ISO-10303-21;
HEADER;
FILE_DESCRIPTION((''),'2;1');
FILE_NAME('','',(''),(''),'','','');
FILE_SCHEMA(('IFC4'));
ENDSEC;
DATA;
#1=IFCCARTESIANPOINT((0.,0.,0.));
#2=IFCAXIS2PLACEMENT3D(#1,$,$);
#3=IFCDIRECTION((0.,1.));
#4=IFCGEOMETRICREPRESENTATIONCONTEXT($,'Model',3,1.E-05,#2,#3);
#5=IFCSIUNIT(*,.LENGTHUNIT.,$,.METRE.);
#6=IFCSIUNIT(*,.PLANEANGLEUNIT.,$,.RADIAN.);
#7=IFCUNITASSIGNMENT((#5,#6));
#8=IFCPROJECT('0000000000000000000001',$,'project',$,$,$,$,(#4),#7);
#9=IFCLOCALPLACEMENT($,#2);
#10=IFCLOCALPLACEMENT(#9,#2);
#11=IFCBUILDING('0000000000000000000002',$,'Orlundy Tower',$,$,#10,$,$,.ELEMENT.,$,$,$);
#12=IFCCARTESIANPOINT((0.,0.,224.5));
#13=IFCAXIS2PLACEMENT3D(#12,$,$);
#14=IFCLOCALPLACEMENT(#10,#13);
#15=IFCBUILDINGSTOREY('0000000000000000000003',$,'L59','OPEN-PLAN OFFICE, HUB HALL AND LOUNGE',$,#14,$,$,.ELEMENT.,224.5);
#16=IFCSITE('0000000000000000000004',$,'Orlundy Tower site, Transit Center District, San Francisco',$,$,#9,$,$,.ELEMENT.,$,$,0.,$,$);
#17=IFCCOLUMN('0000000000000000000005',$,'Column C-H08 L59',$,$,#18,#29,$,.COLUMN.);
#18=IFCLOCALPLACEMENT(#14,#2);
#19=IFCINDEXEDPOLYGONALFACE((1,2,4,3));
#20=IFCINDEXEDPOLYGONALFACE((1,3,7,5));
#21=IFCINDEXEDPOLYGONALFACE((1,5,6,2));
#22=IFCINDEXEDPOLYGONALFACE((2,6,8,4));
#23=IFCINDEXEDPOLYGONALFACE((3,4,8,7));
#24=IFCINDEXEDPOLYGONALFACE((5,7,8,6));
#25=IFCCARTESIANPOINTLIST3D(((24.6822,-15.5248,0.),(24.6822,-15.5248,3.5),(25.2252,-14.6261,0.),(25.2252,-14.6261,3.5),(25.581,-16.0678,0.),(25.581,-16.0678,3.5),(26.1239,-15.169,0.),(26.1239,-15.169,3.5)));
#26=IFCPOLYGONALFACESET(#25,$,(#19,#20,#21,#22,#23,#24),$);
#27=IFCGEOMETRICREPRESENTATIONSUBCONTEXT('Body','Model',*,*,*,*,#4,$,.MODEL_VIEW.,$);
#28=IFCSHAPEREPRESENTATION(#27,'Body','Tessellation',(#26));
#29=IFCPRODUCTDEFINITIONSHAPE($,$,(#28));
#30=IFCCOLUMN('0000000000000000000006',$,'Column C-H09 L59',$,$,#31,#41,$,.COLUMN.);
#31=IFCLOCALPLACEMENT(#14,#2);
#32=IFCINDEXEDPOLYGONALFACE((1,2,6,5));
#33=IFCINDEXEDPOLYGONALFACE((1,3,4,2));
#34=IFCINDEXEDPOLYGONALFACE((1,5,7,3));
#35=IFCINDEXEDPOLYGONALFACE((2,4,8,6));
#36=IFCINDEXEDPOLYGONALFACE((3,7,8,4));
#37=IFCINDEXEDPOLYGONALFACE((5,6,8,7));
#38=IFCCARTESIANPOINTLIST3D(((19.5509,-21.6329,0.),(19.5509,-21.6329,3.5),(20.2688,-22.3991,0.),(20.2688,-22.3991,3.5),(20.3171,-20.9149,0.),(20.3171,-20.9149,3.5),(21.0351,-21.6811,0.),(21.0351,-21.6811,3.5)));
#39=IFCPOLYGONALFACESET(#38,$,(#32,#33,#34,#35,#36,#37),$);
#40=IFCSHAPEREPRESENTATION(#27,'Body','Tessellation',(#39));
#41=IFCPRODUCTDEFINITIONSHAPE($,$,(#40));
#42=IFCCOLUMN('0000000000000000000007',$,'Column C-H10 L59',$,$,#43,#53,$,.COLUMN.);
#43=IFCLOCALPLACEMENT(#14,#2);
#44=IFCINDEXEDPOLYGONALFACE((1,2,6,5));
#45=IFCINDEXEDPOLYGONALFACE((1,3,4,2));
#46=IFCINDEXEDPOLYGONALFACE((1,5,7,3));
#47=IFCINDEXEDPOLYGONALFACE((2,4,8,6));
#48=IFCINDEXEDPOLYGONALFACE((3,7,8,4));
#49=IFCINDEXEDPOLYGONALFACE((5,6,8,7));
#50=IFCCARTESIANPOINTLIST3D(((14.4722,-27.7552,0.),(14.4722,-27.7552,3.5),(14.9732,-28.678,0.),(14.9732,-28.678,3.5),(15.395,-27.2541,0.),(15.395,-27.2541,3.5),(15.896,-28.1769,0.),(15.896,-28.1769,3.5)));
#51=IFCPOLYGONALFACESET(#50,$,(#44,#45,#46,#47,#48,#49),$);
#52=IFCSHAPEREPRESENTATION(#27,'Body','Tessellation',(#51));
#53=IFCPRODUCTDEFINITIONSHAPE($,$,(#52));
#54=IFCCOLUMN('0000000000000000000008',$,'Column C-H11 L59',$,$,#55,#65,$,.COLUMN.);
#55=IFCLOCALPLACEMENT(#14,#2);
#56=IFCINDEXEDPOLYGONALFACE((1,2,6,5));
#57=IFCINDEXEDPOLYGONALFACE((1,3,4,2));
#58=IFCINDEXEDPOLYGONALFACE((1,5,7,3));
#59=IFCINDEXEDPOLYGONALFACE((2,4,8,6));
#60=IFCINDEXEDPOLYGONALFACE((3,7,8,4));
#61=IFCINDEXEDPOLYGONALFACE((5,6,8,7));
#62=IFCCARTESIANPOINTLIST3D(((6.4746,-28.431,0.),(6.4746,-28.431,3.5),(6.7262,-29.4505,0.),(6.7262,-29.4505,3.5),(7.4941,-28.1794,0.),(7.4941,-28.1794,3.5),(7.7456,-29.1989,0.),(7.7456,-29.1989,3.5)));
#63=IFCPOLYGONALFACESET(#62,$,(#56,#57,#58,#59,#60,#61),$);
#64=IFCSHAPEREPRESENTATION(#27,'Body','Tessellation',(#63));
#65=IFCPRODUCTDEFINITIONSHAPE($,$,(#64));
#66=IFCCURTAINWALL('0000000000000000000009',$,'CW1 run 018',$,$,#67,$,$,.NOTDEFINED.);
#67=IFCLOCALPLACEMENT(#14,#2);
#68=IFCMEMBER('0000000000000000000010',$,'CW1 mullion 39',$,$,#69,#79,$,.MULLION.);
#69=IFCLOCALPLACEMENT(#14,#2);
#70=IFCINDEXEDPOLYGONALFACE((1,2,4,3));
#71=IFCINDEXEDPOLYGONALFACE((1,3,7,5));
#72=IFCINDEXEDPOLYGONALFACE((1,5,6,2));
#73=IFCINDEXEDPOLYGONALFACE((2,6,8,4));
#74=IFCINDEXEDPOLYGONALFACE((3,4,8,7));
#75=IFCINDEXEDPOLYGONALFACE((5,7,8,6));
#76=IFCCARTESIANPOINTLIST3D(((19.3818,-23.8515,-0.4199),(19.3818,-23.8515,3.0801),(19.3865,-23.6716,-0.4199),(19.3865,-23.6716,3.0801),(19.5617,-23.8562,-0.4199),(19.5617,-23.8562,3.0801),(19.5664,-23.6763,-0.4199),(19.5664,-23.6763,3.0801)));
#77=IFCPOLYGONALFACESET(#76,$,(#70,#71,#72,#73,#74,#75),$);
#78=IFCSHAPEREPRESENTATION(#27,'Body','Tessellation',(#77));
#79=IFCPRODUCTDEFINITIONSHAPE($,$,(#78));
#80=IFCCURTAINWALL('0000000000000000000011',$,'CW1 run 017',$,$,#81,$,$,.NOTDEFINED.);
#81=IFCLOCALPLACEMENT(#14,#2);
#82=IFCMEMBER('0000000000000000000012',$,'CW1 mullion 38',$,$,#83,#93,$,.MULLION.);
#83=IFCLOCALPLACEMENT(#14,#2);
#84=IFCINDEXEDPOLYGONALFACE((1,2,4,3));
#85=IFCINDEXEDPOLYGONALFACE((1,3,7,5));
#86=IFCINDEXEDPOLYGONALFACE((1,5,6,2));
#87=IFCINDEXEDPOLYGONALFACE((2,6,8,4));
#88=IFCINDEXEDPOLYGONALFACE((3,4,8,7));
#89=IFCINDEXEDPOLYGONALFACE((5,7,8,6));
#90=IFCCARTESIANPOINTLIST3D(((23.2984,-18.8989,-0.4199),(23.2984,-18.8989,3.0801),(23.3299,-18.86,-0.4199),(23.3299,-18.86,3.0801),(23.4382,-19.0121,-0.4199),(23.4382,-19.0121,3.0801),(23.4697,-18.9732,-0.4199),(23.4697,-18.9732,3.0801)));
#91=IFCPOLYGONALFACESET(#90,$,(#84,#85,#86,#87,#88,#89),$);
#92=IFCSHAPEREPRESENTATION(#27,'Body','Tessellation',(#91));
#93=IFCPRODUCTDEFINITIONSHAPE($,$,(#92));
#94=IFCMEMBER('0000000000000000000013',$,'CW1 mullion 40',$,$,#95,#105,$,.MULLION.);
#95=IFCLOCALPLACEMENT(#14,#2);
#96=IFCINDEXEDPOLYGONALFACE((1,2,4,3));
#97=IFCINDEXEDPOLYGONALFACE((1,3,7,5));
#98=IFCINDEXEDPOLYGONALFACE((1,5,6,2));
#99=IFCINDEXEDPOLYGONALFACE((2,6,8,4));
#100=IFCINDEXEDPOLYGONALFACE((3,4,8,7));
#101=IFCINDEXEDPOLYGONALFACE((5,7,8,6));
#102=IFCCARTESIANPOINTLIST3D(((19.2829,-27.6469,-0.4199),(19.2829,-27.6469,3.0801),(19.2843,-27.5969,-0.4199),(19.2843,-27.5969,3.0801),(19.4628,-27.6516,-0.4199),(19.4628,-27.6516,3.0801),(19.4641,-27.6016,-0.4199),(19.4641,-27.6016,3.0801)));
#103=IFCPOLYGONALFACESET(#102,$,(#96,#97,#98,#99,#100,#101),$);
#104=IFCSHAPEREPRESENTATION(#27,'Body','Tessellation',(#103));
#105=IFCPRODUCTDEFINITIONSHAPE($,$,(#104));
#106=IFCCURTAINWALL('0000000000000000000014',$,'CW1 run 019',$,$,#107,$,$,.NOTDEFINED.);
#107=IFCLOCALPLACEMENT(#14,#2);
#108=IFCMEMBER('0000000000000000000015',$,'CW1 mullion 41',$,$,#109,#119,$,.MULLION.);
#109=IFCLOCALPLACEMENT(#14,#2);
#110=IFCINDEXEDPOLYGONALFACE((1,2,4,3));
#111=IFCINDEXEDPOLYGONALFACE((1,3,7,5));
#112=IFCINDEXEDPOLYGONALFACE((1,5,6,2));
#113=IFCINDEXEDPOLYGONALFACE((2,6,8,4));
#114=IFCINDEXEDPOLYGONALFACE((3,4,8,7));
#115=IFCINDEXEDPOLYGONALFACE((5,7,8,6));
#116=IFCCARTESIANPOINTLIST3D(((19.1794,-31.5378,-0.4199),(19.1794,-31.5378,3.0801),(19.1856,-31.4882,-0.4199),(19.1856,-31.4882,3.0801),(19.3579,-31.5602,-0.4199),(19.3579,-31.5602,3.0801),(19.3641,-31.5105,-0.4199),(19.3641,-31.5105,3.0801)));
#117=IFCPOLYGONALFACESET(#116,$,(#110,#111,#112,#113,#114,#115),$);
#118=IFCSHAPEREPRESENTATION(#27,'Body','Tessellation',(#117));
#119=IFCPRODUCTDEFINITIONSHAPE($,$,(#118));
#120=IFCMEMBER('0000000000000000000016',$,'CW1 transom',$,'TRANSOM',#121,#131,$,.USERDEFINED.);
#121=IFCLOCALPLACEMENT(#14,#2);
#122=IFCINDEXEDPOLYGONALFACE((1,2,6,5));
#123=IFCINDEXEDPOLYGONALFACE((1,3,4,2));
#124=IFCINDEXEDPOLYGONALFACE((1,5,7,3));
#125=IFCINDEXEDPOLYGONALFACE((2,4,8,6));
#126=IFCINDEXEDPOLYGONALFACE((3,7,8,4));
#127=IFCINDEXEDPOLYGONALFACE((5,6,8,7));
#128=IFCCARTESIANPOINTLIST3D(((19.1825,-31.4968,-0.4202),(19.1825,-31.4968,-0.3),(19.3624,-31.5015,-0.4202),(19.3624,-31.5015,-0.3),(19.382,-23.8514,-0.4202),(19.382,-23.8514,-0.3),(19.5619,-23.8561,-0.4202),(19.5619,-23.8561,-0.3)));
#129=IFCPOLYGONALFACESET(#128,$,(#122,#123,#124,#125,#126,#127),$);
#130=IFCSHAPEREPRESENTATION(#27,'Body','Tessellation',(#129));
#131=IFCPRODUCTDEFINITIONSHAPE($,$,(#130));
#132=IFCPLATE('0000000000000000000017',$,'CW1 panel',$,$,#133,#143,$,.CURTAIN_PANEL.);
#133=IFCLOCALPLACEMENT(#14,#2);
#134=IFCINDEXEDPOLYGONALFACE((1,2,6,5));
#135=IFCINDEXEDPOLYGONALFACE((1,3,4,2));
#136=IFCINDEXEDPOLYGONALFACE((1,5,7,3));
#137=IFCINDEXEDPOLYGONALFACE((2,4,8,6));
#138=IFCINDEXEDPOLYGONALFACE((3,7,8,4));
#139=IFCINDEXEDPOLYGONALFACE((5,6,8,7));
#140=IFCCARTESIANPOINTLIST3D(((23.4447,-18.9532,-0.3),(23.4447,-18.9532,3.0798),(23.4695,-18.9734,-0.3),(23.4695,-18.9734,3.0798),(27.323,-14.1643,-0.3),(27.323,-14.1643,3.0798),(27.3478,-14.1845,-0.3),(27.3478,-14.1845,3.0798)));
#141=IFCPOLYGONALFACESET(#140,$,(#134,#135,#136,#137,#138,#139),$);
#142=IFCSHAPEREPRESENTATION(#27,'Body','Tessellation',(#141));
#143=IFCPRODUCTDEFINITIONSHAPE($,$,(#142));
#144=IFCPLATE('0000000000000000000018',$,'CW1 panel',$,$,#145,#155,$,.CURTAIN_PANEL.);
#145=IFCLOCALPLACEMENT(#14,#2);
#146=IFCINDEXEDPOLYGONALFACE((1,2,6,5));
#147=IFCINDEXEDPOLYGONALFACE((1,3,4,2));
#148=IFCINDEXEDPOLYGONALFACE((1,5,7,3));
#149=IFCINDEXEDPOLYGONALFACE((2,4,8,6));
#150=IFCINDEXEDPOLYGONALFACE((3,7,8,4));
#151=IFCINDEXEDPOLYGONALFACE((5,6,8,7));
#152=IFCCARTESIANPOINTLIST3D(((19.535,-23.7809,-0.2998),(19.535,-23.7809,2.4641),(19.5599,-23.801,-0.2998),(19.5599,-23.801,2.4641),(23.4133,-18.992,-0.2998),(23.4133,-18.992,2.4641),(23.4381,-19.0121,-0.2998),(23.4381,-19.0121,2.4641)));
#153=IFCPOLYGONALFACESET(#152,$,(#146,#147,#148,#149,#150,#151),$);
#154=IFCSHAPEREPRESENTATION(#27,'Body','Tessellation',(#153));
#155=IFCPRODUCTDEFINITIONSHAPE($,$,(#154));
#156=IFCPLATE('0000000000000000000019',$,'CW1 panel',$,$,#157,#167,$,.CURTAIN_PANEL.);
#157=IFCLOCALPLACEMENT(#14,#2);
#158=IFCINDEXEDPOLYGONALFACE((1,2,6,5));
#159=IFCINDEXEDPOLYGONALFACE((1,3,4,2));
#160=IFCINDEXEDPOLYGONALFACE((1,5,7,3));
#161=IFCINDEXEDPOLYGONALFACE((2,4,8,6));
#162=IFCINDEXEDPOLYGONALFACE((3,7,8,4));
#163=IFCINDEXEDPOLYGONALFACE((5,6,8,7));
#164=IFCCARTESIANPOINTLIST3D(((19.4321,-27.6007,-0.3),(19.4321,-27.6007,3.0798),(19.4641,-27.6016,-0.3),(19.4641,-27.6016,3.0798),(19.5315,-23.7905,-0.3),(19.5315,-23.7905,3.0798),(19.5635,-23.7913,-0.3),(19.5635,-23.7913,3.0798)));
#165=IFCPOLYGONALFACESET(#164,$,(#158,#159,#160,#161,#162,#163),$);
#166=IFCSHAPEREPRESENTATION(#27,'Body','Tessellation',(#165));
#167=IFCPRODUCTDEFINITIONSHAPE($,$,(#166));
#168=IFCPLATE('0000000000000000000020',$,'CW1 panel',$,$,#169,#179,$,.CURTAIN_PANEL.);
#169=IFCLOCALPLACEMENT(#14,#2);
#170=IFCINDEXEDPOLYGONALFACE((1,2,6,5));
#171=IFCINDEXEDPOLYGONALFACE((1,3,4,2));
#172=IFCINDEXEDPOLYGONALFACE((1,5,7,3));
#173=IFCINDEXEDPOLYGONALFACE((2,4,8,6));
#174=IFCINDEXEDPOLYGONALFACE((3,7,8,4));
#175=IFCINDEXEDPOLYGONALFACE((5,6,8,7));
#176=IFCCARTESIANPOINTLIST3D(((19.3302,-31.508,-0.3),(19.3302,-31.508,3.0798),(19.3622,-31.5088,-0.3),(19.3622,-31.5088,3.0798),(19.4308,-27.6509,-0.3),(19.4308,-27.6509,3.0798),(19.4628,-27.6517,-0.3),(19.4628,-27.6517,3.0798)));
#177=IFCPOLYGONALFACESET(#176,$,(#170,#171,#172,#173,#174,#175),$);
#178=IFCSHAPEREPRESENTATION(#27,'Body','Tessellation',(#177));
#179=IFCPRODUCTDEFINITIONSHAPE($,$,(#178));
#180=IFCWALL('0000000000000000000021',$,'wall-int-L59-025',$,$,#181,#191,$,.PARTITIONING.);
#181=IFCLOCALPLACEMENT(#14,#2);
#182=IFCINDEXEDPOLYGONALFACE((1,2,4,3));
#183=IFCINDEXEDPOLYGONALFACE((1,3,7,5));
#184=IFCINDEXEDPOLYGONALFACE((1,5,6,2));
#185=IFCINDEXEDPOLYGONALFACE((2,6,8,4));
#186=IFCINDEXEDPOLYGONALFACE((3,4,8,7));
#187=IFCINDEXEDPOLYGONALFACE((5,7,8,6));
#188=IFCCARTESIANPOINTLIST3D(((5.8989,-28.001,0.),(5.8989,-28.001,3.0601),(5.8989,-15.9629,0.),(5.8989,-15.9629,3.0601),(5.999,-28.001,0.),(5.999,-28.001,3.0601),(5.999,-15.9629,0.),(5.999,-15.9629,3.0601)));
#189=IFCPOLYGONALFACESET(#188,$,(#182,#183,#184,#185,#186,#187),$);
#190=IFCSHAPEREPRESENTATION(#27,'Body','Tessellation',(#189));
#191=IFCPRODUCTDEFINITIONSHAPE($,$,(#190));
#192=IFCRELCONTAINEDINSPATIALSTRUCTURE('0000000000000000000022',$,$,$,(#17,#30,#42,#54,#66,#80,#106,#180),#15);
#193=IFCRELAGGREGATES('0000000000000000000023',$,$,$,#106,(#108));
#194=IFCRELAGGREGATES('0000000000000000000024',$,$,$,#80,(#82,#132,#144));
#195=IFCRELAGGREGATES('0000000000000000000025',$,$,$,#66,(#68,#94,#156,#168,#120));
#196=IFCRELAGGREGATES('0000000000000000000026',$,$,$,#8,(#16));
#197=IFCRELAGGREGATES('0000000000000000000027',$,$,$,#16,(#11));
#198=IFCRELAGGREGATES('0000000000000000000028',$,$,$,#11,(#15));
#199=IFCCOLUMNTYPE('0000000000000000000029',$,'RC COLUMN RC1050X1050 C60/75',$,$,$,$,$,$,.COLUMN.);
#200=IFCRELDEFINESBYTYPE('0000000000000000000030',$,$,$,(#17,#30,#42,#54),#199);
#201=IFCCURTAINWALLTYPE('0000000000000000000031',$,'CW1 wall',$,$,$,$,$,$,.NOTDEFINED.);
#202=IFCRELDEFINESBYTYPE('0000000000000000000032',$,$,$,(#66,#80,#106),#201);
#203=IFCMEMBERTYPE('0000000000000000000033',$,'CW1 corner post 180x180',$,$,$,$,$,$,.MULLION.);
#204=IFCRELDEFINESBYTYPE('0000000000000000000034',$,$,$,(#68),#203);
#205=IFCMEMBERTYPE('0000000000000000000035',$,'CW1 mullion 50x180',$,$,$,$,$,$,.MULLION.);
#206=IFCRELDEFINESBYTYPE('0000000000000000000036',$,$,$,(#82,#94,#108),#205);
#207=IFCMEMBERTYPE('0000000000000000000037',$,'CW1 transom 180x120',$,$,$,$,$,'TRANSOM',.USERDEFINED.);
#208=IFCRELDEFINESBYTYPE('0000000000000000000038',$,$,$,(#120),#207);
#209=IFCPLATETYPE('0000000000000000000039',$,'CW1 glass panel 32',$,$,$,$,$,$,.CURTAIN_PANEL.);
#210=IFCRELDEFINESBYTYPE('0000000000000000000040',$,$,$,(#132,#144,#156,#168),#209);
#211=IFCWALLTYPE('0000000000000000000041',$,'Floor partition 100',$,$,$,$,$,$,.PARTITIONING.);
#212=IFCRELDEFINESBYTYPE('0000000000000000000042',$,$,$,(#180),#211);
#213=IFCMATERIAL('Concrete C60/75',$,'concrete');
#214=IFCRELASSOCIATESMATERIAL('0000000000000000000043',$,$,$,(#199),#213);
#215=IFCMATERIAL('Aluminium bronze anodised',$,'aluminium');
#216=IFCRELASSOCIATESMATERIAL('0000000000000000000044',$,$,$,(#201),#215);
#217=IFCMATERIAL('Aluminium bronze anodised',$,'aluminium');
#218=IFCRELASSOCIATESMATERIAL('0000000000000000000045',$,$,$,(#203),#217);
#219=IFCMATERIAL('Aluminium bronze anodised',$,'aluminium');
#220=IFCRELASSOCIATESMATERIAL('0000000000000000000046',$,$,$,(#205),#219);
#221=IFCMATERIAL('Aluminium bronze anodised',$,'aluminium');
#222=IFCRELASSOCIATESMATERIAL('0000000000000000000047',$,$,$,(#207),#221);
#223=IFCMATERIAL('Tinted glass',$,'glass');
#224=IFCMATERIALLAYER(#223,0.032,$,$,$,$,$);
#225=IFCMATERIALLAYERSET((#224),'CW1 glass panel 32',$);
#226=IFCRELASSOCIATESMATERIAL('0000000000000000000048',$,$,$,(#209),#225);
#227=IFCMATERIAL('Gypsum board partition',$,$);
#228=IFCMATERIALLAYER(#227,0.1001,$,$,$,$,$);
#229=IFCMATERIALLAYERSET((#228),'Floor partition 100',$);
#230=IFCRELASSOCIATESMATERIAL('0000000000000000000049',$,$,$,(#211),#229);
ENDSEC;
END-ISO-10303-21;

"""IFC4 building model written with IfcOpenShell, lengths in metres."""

from ifc_helpers import new_model, si_unit, direction, frame, frame_2d, origin, origin_2d, place, context, subcontext, project, spatial, rectangle, extrude, material, layer, layer_set, material_profile, profile_set, type_object, element, aggregate, save


model = new_model("IFC4")

# Units and contexts
model_context = context("Model", 3, precision=1e-05, world=origin(), true_north=direction((0.0, 1.0)))
body_context = subcontext(model_context, "Body", "Model", "MODEL_VIEW")
ifc_project = project(units=[si_unit("LENGTHUNIT", "METRE"), si_unit("PLANEANGLEUNIT", "RADIAN")], contexts=[model_context])

# Site, building, storey
site_placement = place(None, origin())
site = spatial("IfcSite", under=ifc_project, at=site_placement, Name="Orlundy Tower site, Transit Center District, San Francisco", CompositionType="ELEMENT", RefElevation=0.0)
building_placement = place(site_placement, origin())
building = spatial("IfcBuilding", under=site, at=building_placement, Name="Orlundy Tower", CompositionType="ELEMENT")
storey_placement = place(building_placement, frame((0.0, 0.0, 224.5)))
storey = spatial("IfcBuildingStorey", under=building, at=storey_placement, Name="L59", Description="OPEN-PLAN OFFICE, HUB HALL AND LOUNGE", CompositionType="ELEMENT", Elevation=224.5)

# Columns
ifc_material_1 = material(Name="Concrete C60/75", Category="concrete")
ifc_material_profile_1 = material_profile(ifc_material_1, rectangle(XDim=1.05, YDim=1.05, at=origin_2d()), Name="RC1050X1050")
ifc_profile_set_1 = profile_set([ifc_material_profile_1], Name="Concrete C60/75")
column_type = type_object("IfcColumnType", Name="RC COLUMN RC1050X1050 C60/75", PredefinedType="COLUMN", material=ifc_profile_set_1)
for number, where, z_axis, x_axis, name in (
    (1, (25.4031, -15.3469, 0.0), (0.0, 0.0, 1.0), (0.855924, -0.517101, 0.0), "Column C-H08 L59"),
    (2, (20.293, -21.657, 0.0), (0.0, 0.0, 1.0), (0.683758, -0.729709, 0.0), "Column C-H09 L59"),
    (3, (15.1841, -27.9661, 0.0), (0.0, 0.0, 1.0), (0.477159, -0.878817, 0.0), "Column C-H10 L59"),
    (4, (7.1101, -28.8149, 0.0), (0.0, 0.0, 1.0), (0.239567, -0.97088, 0.0), "Column C-H11 L59"),
):
    element("IfcColumn", number, at=place(storey_placement, frame(where, z_axis=z_axis, x_axis=x_axis)), inside=storey, type_object=column_type, Name=name, PredefinedType="COLUMN", context=body_context, shape_type="SweptSolid", body=[
        extrude(rectangle(XDim=1.05, YDim=1.05, at=origin_2d()), origin(), (0.0, 0.0, 1.0), 3.5),
    ])

# Curtain walls, members
ifc_material_2 = material(Name="Aluminium bronze anodised", Category="aluminium")
curtain_wall_type = type_object("IfcCurtainWallType", Name="CW1 wall", PredefinedType="NOTDEFINED", material=ifc_material_2)
curtain_wall_1_placement = place(storey_placement, origin())
curtain_wall_1 = element("IfcCurtainWall", 5, at=curtain_wall_1_placement, inside=storey, type_object=curtain_wall_type, Name="CW1 run 018", PredefinedType="NOTDEFINED")
ifc_material_3 = material(Name="Aluminium bronze anodised", Category="aluminium")
ifc_material_profile_2 = material_profile(ifc_material_3, rectangle(XDim=0.1799, YDim=0.1799, at=origin_2d()), Name="CW1 corner post 180x180")
ifc_profile_set_2 = profile_set([ifc_material_profile_2], Name="Aluminium bronze anodised")
member_type_1 = type_object("IfcMemberType", Name="CW1 corner post 180x180", PredefinedType="MULLION", material=ifc_profile_set_2)
member_1_placement = place(storey_placement, frame((19.4741, -23.7639, -0.4199), z_axis=(0.0, 0.0, 1.0), x_axis=(0.99966, -0.026077, 0.0)))
member_1 = element("IfcMember", 6, at=member_1_placement, type_object=member_type_1, Name="CW1 mullion 39", PredefinedType="MULLION", context=body_context, shape_type="SweptSolid", body=[
    extrude(rectangle(XDim=0.1799, YDim=0.1799, at=origin_2d()), origin(), (0.0, 0.0, 1.0), 3.5),
])
curtain_wall_2_placement = place(storey_placement, origin())
curtain_wall_2 = element("IfcCurtainWall", 7, at=curtain_wall_2_placement, inside=storey, type_object=curtain_wall_type, Name="CW1 run 017", PredefinedType="NOTDEFINED")
ifc_material_4 = material(Name="Aluminium bronze anodised", Category="aluminium")
ifc_material_profile_3 = material_profile(ifc_material_4, rectangle(XDim=0.1799, YDim=0.05, at=origin_2d()), Name="CW1 mullion 50x180")
ifc_profile_set_3 = profile_set([ifc_material_profile_3], Name="Aluminium bronze anodised")
member_type_2 = type_object("IfcMemberType", Name="CW1 mullion 50x180", PredefinedType="MULLION", material=ifc_profile_set_3)
member_2_placement = place(storey_placement, frame((23.384, -18.936, -0.4199), z_axis=(0.0, 0.0, 1.0), x_axis=(0.77712, -0.629353, 0.0)))
member_2 = element("IfcMember", 8, at=member_2_placement, type_object=member_type_2, Name="CW1 mullion 38", PredefinedType="MULLION", context=body_context, shape_type="SweptSolid", body=[
    extrude(rectangle(XDim=0.1799, YDim=0.05, at=origin_2d()), origin(), (0.0, 0.0, 1.0), 3.5),
])

# Member
member_3_placement = place(storey_placement, frame((19.3735, -27.6243, -0.4199), z_axis=(0.0, 0.0, 1.0), x_axis=(0.99966, -0.026077, 0.0)))
member_3 = element("IfcMember", 9, at=member_3_placement, type_object=member_type_2, Name="CW1 mullion 40", PredefinedType="MULLION", context=body_context, shape_type="SweptSolid", body=[
    extrude(rectangle(XDim=0.1799, YDim=0.05, at=origin_2d()), origin(), (0.0, 0.0, 1.0), 3.5),
])

# Curtain wall, member
curtain_wall_3_placement = place(storey_placement, origin())
curtain_wall_3 = element("IfcCurtainWall", 10, at=curtain_wall_3_placement, inside=storey, type_object=curtain_wall_type, Name="CW1 run 019", PredefinedType="NOTDEFINED")
member_4_placement = place(storey_placement, frame((19.2717, -31.5242, -0.4199), z_axis=(0.0, 0.0, 1.0), x_axis=(0.992284, -0.123986, 0.0)))
member_4 = element("IfcMember", 11, at=member_4_placement, type_object=member_type_2, Name="CW1 mullion 41", PredefinedType="MULLION", context=body_context, shape_type="SweptSolid", body=[
    extrude(rectangle(XDim=0.1799, YDim=0.05, at=origin_2d()), origin(), (0.0, 0.0, 1.0), 3.5),
])
aggregate(curtain_wall_3, [member_4])

# Member
ifc_material_5 = material(Name="Aluminium bronze anodised", Category="aluminium")
ifc_material_profile_4 = material_profile(ifc_material_5, rectangle(XDim=0.1799, YDim=0.1201, at=origin_2d()), Name="CW1 transom 180x120")
ifc_profile_set_4 = profile_set([ifc_material_profile_4], Name="Aluminium bronze anodised")
member_type_3 = type_object("IfcMemberType", Name="CW1 transom 180x120", ElementType="TRANSOM", PredefinedType="USERDEFINED", material=ifc_profile_set_4)
member_5_placement = place(storey_placement, frame((19.4719, -23.8538, -0.3601), z_axis=(-0.026081, -0.99966, 0.0), x_axis=(0.99966, -0.026081, 0.0)))
member_5 = element("IfcMember", 12, at=member_5_placement, type_object=member_type_3, Name="CW1 transom", ObjectType="TRANSOM", PredefinedType="USERDEFINED", context=body_context, shape_type="SweptSolid", body=[
    extrude(rectangle(XDim=0.1799, YDim=0.1201, at=origin_2d()), origin(), (0.0, 0.0, 1.0), 7.6479),
])

# Plates
ifc_material_6 = material(Name="Tinted glass", Category="glass")
ifc_layer_1 = layer(ifc_material_6, 0.032)
ifc_layer_set_1 = layer_set([ifc_layer_1], Name="CW1 glass panel 32")
plate_type = type_object("IfcPlateType", Name="CW1 glass panel 32", PredefinedType="CURTAIN_PANEL", material=ifc_layer_set_1)
plate_1_placement = place(storey_placement, frame((25.3962, -16.5688, -0.3), z_axis=(0.0, 0.0, 1.0), x_axis=(-0.629353, -0.77712, 0.0)))
plate_1 = element("IfcPlate", 13, at=plate_1_placement, type_object=plate_type, Name="CW1 panel", PredefinedType="CURTAIN_PANEL", context=body_context, shape_type="SweptSolid", body=[
    extrude(rectangle(XDim=6.1624, YDim=0.032, at=origin_2d()), origin(), (0.0, 0.0, 1.0), 3.3799),
])
plate_2_placement = place(storey_placement, frame((21.4866, -21.3965, -0.2998), z_axis=(0.0, 0.0, 1.0), x_axis=(-0.629353, -0.77712, 0.0)))
plate_2 = element("IfcPlate", 14, at=plate_2_placement, type_object=plate_type, Name="CW1 panel", PredefinedType="CURTAIN_PANEL", context=body_context, shape_type="SweptSolid", body=[
    extrude(rectangle(XDim=6.1624, YDim=0.032, at=origin_2d()), origin(), (0.0, 0.0, 1.0), 2.7639),
])
aggregate(curtain_wall_2, [member_2, plate_1, plate_2])
plate_3_placement = place(storey_placement, frame((19.4978, -25.696, -0.3), z_axis=(0.0, 0.0, 1.0), x_axis=(-0.026077, -0.99966, 0.0)))
plate_3 = element("IfcPlate", 15, at=plate_3_placement, type_object=plate_type, Name="CW1 panel", PredefinedType="CURTAIN_PANEL", context=body_context, shape_type="SweptSolid", body=[
    extrude(rectangle(XDim=3.8115, YDim=0.032, at=origin_2d()), origin(), (0.0, 0.0, 1.0), 3.3799),
])
plate_4_placement = place(storey_placement, frame((19.3965, -29.5798, -0.3), z_axis=(0.0, 0.0, 1.0), x_axis=(-0.026077, -0.99966, 0.0)))
plate_4 = element("IfcPlate", 16, at=plate_4_placement, type_object=plate_type, Name="CW1 panel", PredefinedType="CURTAIN_PANEL", context=body_context, shape_type="SweptSolid", body=[
    extrude(rectangle(XDim=3.8584, YDim=0.032, at=origin_2d()), origin(), (0.0, 0.0, 1.0), 3.3799),
])
aggregate(curtain_wall_1, [member_1, member_3, plate_3, plate_4, member_5])

# Wall
ifc_material_7 = material(Name="Gypsum board partition")
ifc_layer_2 = layer(ifc_material_7, 0.1001)
ifc_layer_set_2 = layer_set([ifc_layer_2], Name="Floor partition 100")
wall_type_1 = type_object("IfcWallType", Name="Floor partition 100", PredefinedType="PARTITIONING", material=ifc_layer_set_2)
wall_1_placement = place(storey_placement, frame((5.949, -28.001, 0.0), z_axis=(0.0, 0.0, 1.0), x_axis=(0.0, 1.0, 0.0)))
element("IfcWall", 17, at=wall_1_placement, inside=storey, type_object=wall_type_1, Name="wall-int-L59-025", PredefinedType="PARTITIONING", context=body_context, shape_type="SweptSolid", body=[
    extrude(rectangle(XDim=12.0381, YDim=0.1001, at=frame_2d((6.019, 0.0))), origin(), (0.0, 0.0, 1.0), 3.0601),
])

save(model, "model.ifc")
